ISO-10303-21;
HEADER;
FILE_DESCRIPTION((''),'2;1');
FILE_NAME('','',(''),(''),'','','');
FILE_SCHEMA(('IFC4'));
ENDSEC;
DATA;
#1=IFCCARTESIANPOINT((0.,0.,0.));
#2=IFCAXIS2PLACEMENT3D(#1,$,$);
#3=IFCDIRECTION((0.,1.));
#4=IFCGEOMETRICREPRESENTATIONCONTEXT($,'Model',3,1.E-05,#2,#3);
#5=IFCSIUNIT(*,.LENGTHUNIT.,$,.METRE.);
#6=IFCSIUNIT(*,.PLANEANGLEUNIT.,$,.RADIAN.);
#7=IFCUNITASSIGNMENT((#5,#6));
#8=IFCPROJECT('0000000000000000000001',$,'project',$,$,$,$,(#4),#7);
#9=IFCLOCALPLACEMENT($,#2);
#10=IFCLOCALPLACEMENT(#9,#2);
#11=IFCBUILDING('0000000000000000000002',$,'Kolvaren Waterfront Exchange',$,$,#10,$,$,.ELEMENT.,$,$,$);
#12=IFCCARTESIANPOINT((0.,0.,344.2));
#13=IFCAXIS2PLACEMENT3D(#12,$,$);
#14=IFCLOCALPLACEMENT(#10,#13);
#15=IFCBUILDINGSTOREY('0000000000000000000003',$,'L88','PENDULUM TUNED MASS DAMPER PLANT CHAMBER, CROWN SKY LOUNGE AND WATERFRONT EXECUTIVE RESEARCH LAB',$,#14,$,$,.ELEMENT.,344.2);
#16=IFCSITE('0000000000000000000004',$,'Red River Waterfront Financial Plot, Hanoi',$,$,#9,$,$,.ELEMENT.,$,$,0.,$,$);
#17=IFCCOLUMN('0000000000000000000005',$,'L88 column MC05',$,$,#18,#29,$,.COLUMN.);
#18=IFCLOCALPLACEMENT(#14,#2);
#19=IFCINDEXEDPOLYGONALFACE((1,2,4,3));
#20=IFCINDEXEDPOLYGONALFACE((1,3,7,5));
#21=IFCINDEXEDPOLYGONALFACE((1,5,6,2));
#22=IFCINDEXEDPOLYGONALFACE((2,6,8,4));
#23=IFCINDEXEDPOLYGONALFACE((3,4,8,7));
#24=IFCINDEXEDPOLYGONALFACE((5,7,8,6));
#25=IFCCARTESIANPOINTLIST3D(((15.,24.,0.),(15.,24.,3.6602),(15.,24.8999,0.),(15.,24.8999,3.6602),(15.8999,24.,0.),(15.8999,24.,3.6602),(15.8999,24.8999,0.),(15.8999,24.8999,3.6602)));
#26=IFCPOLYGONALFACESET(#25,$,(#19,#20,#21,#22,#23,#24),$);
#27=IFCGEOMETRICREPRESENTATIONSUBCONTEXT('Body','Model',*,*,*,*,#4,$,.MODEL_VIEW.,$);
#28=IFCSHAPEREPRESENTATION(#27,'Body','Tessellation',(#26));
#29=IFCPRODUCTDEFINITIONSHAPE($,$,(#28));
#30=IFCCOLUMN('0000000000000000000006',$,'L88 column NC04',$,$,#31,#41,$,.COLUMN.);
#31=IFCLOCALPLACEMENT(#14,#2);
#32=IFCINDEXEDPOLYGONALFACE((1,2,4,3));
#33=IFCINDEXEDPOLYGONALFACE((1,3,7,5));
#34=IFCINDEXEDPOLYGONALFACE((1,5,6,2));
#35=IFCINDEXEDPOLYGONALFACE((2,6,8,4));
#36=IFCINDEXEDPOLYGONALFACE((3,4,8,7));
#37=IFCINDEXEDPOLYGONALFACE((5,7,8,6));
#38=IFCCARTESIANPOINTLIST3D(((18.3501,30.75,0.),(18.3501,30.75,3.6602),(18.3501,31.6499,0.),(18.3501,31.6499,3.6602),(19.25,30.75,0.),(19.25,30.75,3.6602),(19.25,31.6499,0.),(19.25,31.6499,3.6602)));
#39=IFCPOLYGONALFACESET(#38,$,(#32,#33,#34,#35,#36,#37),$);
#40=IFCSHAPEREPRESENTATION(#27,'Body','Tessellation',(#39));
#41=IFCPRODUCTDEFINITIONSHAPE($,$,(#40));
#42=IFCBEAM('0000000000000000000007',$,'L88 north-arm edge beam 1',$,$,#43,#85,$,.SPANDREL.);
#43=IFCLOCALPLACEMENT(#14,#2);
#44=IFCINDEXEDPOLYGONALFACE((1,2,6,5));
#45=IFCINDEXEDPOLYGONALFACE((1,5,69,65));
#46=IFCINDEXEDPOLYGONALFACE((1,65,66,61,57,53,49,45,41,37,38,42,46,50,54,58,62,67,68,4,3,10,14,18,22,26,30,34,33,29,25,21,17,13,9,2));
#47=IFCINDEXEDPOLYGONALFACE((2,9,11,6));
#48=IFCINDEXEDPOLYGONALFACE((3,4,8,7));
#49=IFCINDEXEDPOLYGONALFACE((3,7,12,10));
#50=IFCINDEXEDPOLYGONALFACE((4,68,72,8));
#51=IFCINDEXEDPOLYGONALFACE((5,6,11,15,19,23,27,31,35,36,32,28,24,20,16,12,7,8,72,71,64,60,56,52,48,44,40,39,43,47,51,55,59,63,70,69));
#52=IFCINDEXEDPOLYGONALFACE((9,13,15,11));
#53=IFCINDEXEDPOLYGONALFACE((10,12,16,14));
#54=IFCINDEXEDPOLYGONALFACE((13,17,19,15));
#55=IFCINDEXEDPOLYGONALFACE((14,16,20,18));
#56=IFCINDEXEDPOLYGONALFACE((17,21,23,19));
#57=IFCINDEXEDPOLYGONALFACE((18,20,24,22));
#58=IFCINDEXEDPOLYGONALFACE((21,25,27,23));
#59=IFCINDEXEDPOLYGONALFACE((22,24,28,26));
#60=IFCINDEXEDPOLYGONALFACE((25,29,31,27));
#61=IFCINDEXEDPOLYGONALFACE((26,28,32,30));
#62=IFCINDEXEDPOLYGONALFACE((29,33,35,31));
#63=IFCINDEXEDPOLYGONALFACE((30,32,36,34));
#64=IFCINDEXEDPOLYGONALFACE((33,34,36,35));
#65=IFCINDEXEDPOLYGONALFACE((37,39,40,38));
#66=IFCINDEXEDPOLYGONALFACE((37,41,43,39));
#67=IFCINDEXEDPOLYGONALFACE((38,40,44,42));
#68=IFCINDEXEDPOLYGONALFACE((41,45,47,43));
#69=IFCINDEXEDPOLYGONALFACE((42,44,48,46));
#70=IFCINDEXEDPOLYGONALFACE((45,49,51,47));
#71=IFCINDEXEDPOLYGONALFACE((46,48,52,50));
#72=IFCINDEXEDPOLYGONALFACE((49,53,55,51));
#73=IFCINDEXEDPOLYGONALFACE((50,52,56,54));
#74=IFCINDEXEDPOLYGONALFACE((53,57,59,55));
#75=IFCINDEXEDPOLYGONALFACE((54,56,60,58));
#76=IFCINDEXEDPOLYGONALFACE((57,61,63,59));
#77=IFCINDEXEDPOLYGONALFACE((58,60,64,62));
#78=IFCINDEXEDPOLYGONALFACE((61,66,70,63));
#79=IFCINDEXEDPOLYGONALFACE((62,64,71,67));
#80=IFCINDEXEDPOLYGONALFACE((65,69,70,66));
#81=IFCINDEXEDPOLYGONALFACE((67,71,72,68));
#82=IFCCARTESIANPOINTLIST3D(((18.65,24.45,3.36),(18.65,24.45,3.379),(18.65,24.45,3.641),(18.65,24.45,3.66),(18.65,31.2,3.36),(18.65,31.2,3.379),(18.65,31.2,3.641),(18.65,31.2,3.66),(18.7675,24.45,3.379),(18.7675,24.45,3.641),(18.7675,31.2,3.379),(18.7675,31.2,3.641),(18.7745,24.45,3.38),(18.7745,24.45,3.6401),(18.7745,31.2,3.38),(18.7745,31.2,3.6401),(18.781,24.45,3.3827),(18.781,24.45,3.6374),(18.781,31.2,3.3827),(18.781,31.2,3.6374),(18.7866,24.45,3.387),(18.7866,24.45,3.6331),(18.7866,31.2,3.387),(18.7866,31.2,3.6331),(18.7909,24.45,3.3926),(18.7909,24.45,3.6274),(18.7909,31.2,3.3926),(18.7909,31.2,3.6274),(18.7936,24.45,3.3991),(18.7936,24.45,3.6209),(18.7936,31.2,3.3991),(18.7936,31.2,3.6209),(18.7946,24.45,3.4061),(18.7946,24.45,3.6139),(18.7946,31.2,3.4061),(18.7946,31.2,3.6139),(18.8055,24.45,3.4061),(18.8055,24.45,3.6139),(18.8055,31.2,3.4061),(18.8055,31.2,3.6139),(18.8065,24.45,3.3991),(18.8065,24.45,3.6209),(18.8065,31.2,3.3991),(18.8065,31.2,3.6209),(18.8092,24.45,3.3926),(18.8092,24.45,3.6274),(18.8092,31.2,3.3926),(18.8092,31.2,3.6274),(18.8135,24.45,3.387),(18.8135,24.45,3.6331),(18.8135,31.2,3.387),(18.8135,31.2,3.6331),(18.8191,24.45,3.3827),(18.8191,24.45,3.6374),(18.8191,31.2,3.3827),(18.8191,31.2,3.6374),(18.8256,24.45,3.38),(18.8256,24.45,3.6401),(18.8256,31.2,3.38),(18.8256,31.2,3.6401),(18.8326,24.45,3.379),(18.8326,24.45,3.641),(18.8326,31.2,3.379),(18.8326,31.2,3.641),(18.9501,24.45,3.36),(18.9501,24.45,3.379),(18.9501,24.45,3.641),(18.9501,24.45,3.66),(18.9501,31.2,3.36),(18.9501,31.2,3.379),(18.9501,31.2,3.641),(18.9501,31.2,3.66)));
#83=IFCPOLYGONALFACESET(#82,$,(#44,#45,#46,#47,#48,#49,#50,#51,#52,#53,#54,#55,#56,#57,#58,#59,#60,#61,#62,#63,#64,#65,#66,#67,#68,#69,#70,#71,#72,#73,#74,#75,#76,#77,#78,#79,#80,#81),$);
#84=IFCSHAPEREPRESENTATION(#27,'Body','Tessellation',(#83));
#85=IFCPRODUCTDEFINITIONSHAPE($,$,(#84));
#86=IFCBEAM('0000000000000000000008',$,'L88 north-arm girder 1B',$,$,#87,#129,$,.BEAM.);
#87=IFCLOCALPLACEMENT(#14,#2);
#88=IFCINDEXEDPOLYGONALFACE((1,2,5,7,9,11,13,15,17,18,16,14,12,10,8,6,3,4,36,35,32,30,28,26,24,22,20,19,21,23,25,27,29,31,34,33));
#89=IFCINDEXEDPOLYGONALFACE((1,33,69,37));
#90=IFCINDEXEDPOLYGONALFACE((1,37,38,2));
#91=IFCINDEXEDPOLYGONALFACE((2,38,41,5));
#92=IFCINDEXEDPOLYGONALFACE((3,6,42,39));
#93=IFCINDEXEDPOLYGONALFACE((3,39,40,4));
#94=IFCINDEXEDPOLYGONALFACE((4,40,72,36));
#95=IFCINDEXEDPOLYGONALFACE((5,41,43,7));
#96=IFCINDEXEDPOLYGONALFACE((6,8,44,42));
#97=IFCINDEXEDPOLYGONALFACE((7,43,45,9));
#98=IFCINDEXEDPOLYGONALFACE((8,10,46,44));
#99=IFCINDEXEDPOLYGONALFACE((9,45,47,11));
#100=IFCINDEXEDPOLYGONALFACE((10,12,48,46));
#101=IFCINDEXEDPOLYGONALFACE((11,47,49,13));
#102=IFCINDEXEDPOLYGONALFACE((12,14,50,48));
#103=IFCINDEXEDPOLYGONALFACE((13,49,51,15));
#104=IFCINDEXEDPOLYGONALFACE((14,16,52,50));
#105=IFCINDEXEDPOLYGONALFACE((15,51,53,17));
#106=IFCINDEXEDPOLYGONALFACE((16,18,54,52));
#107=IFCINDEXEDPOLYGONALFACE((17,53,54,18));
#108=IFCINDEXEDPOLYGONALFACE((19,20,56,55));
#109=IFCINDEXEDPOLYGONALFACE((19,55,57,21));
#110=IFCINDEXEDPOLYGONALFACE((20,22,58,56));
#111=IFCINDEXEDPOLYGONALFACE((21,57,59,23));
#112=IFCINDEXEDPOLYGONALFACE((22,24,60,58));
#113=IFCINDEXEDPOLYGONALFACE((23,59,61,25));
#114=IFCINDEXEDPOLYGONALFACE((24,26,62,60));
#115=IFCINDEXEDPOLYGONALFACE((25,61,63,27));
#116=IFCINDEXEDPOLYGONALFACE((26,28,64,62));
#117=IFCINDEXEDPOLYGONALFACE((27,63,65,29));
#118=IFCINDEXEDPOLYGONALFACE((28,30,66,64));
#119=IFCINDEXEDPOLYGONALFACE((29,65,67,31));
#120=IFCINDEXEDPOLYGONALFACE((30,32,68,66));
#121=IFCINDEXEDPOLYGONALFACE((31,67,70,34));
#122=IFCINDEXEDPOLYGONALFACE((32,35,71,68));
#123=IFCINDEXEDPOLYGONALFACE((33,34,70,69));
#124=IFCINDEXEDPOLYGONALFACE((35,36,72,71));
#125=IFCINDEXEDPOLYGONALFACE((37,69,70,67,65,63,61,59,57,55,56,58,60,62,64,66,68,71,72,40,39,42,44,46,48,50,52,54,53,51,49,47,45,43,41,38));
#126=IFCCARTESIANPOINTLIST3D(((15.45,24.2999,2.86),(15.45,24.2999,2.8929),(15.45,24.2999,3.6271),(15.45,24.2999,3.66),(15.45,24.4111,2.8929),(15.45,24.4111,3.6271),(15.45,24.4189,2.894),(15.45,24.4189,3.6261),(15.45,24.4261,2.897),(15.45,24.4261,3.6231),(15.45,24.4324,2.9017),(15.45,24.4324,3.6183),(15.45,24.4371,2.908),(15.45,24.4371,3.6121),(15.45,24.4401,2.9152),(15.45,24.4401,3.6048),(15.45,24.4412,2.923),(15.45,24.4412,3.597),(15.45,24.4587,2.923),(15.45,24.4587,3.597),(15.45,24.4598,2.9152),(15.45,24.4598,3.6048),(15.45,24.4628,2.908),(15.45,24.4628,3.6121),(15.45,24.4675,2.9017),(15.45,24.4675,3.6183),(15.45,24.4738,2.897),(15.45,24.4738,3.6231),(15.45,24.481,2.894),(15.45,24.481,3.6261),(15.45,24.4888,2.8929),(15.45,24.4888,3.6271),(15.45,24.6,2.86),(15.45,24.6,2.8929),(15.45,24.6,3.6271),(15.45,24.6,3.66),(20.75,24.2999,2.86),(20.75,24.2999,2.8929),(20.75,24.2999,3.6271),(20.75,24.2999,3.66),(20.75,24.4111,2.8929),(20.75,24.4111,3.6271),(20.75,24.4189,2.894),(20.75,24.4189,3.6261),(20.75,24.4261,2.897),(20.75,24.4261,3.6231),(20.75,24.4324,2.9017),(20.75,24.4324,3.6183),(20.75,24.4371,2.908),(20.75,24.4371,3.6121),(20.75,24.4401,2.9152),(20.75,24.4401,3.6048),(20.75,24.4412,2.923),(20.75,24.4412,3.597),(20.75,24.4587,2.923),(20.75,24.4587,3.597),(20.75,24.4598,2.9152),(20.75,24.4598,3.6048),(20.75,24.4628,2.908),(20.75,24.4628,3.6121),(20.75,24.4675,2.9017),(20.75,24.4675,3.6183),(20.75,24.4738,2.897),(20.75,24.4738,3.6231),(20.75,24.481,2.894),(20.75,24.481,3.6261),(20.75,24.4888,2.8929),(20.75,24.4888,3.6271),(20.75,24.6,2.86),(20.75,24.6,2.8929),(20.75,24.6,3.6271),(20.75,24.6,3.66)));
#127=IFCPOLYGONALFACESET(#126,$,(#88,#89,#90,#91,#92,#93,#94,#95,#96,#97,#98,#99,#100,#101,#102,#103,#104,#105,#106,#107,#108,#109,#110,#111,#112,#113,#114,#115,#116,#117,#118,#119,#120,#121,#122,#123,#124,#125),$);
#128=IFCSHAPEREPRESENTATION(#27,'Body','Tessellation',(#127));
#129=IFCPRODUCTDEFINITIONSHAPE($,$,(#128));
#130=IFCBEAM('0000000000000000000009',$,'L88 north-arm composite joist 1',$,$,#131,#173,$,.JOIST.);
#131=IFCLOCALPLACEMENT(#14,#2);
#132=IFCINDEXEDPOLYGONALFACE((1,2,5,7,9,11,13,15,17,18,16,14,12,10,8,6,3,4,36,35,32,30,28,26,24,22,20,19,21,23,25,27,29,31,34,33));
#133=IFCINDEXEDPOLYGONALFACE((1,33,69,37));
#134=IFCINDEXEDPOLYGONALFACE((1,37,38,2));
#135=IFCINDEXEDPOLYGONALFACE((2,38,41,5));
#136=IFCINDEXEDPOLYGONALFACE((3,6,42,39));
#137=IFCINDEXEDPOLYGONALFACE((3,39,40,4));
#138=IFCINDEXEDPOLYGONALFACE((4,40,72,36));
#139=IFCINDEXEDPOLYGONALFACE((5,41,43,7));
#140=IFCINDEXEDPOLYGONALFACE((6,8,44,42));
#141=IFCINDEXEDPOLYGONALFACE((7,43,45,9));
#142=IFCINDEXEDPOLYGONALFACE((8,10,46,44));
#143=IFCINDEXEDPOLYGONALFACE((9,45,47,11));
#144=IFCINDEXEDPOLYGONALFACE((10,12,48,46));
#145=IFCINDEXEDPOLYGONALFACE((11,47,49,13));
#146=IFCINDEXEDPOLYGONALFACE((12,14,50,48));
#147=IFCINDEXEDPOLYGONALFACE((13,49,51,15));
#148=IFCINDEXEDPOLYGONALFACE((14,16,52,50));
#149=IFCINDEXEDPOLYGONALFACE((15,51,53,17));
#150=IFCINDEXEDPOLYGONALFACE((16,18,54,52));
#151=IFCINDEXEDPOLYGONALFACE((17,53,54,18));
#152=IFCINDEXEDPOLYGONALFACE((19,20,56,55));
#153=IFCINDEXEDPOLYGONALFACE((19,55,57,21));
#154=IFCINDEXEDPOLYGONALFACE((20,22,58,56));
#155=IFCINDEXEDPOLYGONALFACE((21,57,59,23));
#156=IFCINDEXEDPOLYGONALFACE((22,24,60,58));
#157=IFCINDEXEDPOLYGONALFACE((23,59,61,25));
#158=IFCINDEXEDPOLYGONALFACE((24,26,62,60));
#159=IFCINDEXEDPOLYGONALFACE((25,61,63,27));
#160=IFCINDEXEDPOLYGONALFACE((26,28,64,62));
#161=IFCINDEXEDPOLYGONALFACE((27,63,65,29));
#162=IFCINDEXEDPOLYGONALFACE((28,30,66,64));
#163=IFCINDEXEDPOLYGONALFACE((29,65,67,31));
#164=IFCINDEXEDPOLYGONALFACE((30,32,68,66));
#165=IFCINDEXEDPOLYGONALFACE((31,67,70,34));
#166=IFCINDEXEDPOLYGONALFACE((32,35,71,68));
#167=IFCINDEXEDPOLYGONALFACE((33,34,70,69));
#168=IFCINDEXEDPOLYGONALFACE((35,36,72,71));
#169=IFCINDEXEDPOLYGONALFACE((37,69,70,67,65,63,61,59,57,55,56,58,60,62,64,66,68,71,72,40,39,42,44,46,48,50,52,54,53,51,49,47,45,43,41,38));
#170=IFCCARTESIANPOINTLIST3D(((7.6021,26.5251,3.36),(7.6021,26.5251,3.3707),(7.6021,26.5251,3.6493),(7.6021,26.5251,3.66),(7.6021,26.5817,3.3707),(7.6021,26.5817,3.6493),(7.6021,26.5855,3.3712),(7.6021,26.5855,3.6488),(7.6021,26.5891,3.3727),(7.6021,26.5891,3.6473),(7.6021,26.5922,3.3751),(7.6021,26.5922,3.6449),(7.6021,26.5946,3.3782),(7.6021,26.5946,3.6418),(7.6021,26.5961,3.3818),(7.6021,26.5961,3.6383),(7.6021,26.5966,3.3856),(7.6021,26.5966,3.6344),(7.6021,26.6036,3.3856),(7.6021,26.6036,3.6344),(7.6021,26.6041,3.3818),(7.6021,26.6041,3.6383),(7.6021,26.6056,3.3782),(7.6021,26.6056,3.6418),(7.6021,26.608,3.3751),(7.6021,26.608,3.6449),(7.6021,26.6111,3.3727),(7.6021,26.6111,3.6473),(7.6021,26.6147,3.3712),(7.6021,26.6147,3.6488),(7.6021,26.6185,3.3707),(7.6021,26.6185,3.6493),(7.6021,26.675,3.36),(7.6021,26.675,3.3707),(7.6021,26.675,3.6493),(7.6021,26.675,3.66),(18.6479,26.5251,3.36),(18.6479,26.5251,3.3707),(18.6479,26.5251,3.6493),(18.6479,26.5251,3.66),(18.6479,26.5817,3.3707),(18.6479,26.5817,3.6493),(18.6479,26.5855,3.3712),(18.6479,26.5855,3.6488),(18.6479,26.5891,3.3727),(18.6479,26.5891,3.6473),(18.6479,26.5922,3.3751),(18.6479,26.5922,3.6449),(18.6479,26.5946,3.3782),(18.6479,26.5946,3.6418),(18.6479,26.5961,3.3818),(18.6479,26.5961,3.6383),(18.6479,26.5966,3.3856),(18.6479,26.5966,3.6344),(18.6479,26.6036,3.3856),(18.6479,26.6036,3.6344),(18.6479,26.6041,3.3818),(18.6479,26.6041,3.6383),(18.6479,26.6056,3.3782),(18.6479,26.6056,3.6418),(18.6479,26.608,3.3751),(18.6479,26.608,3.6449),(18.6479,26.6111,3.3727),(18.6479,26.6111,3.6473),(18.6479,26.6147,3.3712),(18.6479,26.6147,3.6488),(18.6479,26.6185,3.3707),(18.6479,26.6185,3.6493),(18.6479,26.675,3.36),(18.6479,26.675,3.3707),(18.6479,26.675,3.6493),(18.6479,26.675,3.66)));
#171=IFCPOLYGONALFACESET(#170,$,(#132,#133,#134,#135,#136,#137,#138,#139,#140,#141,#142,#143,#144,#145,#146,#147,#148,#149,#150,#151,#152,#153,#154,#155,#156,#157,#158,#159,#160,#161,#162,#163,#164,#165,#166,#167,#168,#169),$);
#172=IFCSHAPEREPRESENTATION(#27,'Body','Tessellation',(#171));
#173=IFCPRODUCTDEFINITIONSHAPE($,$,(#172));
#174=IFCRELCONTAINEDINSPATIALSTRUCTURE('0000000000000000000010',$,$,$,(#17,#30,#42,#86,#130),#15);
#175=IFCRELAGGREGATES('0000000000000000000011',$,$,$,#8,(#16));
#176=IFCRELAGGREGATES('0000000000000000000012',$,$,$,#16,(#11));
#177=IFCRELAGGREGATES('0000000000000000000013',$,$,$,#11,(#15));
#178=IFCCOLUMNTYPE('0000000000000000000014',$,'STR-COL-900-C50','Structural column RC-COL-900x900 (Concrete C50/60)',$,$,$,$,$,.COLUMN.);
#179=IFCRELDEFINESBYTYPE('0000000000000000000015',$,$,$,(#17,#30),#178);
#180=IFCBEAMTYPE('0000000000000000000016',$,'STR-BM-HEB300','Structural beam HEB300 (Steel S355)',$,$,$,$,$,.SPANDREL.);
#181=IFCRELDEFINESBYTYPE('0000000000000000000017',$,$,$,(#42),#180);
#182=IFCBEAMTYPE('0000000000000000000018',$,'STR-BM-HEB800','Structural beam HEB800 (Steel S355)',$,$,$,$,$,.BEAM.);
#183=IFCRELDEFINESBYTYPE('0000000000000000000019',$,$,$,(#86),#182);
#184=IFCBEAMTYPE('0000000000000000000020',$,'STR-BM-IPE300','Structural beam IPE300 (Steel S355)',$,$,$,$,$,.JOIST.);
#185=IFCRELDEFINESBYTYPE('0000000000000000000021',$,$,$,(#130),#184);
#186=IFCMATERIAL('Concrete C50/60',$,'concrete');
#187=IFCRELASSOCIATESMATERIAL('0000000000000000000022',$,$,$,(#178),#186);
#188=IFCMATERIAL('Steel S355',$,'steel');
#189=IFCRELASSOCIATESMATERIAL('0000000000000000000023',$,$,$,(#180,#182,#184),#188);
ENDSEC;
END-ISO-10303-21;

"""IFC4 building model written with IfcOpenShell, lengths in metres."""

from ifc_helpers import new_model, si_unit, direction, frame, origin, origin_2d, place, context, subcontext, project, spatial, rectangle, i_section, extrude, material, material_profile, profile_set, type_object, element, save


model = new_model("IFC4")

# Units and contexts
model_context = context("Model", 3, precision=1e-05, world=origin(), true_north=direction((0.0, 1.0)))
body_context = subcontext(model_context, "Body", "Model", "MODEL_VIEW")
ifc_project = project(units=[si_unit("LENGTHUNIT", "METRE"), si_unit("PLANEANGLEUNIT", "RADIAN")], contexts=[model_context])

# Site, building, storey
site_placement = place(None, origin())
site = spatial("IfcSite", under=ifc_project, at=site_placement, Name="Red River Waterfront Financial Plot, Hanoi", CompositionType="ELEMENT", RefElevation=0.0)
building_placement = place(site_placement, origin())
building = spatial("IfcBuilding", under=site, at=building_placement, Name="Kolvaren Waterfront Exchange", CompositionType="ELEMENT")
storey_placement = place(building_placement, frame((0.0, 0.0, 344.2)))
storey = spatial("IfcBuildingStorey", under=building, at=storey_placement, Name="L88", Description="PENDULUM TUNED MASS DAMPER PLANT CHAMBER, CROWN SKY LOUNGE AND WATERFRONT EXECUTIVE RESEARCH LAB", CompositionType="ELEMENT", Elevation=344.2)

# Columns
ifc_material_1 = material(Name="Concrete C50/60", Category="concrete")
ifc_material_profile_1 = material_profile(ifc_material_1, rectangle(XDim=0.8999, YDim=0.8999, at=origin_2d()), Name="RC-COL-900x900")
ifc_profile_set_1 = profile_set([ifc_material_profile_1], Name="Concrete C50/60")
column_type = type_object("IfcColumnType", Name="STR-COL-900-C50", Description="Structural column RC-COL-900x900 (Concrete C50/60)", PredefinedType="COLUMN", material=ifc_profile_set_1)
for number, where, z_axis, x_axis, name in (
    (1, (15.45, 24.45, 0.0), (0.0, 0.0, 1.0), (1.0, 0.0, 0.0), "L88 column MC05"),
    (2, (18.8, 31.2, 0.0), (0.0, 0.0, 1.0), (1.0, 0.0, 0.0), "L88 column NC04"),
):
    element("IfcColumn", number, at=place(storey_placement, frame(where, z_axis=z_axis, x_axis=x_axis)), inside=storey, type_object=column_type, Name=name, PredefinedType="COLUMN", context=body_context, shape_type="SweptSolid", body=[
        extrude(rectangle(XDim=0.8999, YDim=0.8999, at=origin_2d()), origin(), (0.0, 0.0, 1.0), 3.6602),
    ])

# Beams
ifc_material_2 = material(Name="Steel S355", Category="steel")
ifc_material_profile_2 = material_profile(ifc_material_2, i_section(OverallWidth=0.3, OverallDepth=0.3, WebThickness=0.011, FlangeThickness=0.019, FilletRadius=0.0271, at=origin_2d()), Name="HEB300")
ifc_profile_set_2 = profile_set([ifc_material_profile_2], Name="Steel S355")
beam_type_1 = type_object("IfcBeamType", Name="STR-BM-HEB300", Description="Structural beam HEB300 (Steel S355)", PredefinedType="SPANDREL", material=ifc_profile_set_2)
beam_1_placement = place(storey_placement, frame((18.8, 24.45, 3.51), z_axis=(0.0, 1.0, 0.0), x_axis=(-1.0, 0.0, 0.0)))
element("IfcBeam", 3, at=beam_1_placement, inside=storey, type_object=beam_type_1, Name="L88 north-arm edge beam 1", PredefinedType="SPANDREL", context=body_context, shape_type="SweptSolid", body=[
    extrude(i_section(OverallWidth=0.3, OverallDepth=0.3, WebThickness=0.011, FlangeThickness=0.019, FilletRadius=0.0271, at=origin_2d()), origin(), (0.0, 0.0, 1.0), 6.75),
])
ifc_material_profile_3 = material_profile(ifc_material_2, i_section(OverallWidth=0.3, OverallDepth=0.8, WebThickness=0.0176, FlangeThickness=0.033, FilletRadius=0.03, at=origin_2d()), Name="HEB800")
ifc_profile_set_3 = profile_set([ifc_material_profile_3], Name="Steel S355")
beam_type_2 = type_object("IfcBeamType", Name="STR-BM-HEB800", Description="Structural beam HEB800 (Steel S355)", PredefinedType="BEAM", material=ifc_profile_set_3)
beam_2_placement = place(storey_placement, frame((15.45, 24.45, 3.26), z_axis=(1.0, 0.0, 0.0), x_axis=(0.0, 1.0, 0.0)))
element("IfcBeam", 4, at=beam_2_placement, inside=storey, type_object=beam_type_2, Name="L88 north-arm girder 1B", PredefinedType="BEAM", context=body_context, shape_type="SweptSolid", body=[
    extrude(i_section(OverallWidth=0.3, OverallDepth=0.8, WebThickness=0.0176, FlangeThickness=0.033, FilletRadius=0.03, at=origin_2d()), origin(), (0.0, 0.0, 1.0), 5.3),
])
ifc_material_profile_4 = material_profile(ifc_material_2, i_section(OverallWidth=0.1499, OverallDepth=0.3, WebThickness=0.0071, FlangeThickness=0.0107, FilletRadius=0.0149, at=origin_2d()), Name="IPE300")
ifc_profile_set_4 = profile_set([ifc_material_profile_4], Name="Steel S355")
beam_type_3 = type_object("IfcBeamType", Name="STR-BM-IPE300", Description="Structural beam IPE300 (Steel S355)", PredefinedType="JOIST", material=ifc_profile_set_4)
for number, where, z_axis, x_axis, name in (
    (5, (7.6021, 26.6001, 3.51), (1.0, 0.0, 0.0), (0.0, 1.0, 0.0), "L88 north-arm composite joist 1"),
):
    element("IfcBeam", number, at=place(storey_placement, frame(where, z_axis=z_axis, x_axis=x_axis)), inside=storey, type_object=beam_type_3, Name=name, PredefinedType="JOIST", context=body_context, shape_type="SweptSolid", body=[
        extrude(i_section(OverallWidth=0.1499, OverallDepth=0.3, WebThickness=0.0071, FlangeThickness=0.0107, FilletRadius=0.0149, at=origin_2d()), origin(), (0.0, 0.0, 1.0), 11.0459),
    ])

save(model, "model.ifc")
